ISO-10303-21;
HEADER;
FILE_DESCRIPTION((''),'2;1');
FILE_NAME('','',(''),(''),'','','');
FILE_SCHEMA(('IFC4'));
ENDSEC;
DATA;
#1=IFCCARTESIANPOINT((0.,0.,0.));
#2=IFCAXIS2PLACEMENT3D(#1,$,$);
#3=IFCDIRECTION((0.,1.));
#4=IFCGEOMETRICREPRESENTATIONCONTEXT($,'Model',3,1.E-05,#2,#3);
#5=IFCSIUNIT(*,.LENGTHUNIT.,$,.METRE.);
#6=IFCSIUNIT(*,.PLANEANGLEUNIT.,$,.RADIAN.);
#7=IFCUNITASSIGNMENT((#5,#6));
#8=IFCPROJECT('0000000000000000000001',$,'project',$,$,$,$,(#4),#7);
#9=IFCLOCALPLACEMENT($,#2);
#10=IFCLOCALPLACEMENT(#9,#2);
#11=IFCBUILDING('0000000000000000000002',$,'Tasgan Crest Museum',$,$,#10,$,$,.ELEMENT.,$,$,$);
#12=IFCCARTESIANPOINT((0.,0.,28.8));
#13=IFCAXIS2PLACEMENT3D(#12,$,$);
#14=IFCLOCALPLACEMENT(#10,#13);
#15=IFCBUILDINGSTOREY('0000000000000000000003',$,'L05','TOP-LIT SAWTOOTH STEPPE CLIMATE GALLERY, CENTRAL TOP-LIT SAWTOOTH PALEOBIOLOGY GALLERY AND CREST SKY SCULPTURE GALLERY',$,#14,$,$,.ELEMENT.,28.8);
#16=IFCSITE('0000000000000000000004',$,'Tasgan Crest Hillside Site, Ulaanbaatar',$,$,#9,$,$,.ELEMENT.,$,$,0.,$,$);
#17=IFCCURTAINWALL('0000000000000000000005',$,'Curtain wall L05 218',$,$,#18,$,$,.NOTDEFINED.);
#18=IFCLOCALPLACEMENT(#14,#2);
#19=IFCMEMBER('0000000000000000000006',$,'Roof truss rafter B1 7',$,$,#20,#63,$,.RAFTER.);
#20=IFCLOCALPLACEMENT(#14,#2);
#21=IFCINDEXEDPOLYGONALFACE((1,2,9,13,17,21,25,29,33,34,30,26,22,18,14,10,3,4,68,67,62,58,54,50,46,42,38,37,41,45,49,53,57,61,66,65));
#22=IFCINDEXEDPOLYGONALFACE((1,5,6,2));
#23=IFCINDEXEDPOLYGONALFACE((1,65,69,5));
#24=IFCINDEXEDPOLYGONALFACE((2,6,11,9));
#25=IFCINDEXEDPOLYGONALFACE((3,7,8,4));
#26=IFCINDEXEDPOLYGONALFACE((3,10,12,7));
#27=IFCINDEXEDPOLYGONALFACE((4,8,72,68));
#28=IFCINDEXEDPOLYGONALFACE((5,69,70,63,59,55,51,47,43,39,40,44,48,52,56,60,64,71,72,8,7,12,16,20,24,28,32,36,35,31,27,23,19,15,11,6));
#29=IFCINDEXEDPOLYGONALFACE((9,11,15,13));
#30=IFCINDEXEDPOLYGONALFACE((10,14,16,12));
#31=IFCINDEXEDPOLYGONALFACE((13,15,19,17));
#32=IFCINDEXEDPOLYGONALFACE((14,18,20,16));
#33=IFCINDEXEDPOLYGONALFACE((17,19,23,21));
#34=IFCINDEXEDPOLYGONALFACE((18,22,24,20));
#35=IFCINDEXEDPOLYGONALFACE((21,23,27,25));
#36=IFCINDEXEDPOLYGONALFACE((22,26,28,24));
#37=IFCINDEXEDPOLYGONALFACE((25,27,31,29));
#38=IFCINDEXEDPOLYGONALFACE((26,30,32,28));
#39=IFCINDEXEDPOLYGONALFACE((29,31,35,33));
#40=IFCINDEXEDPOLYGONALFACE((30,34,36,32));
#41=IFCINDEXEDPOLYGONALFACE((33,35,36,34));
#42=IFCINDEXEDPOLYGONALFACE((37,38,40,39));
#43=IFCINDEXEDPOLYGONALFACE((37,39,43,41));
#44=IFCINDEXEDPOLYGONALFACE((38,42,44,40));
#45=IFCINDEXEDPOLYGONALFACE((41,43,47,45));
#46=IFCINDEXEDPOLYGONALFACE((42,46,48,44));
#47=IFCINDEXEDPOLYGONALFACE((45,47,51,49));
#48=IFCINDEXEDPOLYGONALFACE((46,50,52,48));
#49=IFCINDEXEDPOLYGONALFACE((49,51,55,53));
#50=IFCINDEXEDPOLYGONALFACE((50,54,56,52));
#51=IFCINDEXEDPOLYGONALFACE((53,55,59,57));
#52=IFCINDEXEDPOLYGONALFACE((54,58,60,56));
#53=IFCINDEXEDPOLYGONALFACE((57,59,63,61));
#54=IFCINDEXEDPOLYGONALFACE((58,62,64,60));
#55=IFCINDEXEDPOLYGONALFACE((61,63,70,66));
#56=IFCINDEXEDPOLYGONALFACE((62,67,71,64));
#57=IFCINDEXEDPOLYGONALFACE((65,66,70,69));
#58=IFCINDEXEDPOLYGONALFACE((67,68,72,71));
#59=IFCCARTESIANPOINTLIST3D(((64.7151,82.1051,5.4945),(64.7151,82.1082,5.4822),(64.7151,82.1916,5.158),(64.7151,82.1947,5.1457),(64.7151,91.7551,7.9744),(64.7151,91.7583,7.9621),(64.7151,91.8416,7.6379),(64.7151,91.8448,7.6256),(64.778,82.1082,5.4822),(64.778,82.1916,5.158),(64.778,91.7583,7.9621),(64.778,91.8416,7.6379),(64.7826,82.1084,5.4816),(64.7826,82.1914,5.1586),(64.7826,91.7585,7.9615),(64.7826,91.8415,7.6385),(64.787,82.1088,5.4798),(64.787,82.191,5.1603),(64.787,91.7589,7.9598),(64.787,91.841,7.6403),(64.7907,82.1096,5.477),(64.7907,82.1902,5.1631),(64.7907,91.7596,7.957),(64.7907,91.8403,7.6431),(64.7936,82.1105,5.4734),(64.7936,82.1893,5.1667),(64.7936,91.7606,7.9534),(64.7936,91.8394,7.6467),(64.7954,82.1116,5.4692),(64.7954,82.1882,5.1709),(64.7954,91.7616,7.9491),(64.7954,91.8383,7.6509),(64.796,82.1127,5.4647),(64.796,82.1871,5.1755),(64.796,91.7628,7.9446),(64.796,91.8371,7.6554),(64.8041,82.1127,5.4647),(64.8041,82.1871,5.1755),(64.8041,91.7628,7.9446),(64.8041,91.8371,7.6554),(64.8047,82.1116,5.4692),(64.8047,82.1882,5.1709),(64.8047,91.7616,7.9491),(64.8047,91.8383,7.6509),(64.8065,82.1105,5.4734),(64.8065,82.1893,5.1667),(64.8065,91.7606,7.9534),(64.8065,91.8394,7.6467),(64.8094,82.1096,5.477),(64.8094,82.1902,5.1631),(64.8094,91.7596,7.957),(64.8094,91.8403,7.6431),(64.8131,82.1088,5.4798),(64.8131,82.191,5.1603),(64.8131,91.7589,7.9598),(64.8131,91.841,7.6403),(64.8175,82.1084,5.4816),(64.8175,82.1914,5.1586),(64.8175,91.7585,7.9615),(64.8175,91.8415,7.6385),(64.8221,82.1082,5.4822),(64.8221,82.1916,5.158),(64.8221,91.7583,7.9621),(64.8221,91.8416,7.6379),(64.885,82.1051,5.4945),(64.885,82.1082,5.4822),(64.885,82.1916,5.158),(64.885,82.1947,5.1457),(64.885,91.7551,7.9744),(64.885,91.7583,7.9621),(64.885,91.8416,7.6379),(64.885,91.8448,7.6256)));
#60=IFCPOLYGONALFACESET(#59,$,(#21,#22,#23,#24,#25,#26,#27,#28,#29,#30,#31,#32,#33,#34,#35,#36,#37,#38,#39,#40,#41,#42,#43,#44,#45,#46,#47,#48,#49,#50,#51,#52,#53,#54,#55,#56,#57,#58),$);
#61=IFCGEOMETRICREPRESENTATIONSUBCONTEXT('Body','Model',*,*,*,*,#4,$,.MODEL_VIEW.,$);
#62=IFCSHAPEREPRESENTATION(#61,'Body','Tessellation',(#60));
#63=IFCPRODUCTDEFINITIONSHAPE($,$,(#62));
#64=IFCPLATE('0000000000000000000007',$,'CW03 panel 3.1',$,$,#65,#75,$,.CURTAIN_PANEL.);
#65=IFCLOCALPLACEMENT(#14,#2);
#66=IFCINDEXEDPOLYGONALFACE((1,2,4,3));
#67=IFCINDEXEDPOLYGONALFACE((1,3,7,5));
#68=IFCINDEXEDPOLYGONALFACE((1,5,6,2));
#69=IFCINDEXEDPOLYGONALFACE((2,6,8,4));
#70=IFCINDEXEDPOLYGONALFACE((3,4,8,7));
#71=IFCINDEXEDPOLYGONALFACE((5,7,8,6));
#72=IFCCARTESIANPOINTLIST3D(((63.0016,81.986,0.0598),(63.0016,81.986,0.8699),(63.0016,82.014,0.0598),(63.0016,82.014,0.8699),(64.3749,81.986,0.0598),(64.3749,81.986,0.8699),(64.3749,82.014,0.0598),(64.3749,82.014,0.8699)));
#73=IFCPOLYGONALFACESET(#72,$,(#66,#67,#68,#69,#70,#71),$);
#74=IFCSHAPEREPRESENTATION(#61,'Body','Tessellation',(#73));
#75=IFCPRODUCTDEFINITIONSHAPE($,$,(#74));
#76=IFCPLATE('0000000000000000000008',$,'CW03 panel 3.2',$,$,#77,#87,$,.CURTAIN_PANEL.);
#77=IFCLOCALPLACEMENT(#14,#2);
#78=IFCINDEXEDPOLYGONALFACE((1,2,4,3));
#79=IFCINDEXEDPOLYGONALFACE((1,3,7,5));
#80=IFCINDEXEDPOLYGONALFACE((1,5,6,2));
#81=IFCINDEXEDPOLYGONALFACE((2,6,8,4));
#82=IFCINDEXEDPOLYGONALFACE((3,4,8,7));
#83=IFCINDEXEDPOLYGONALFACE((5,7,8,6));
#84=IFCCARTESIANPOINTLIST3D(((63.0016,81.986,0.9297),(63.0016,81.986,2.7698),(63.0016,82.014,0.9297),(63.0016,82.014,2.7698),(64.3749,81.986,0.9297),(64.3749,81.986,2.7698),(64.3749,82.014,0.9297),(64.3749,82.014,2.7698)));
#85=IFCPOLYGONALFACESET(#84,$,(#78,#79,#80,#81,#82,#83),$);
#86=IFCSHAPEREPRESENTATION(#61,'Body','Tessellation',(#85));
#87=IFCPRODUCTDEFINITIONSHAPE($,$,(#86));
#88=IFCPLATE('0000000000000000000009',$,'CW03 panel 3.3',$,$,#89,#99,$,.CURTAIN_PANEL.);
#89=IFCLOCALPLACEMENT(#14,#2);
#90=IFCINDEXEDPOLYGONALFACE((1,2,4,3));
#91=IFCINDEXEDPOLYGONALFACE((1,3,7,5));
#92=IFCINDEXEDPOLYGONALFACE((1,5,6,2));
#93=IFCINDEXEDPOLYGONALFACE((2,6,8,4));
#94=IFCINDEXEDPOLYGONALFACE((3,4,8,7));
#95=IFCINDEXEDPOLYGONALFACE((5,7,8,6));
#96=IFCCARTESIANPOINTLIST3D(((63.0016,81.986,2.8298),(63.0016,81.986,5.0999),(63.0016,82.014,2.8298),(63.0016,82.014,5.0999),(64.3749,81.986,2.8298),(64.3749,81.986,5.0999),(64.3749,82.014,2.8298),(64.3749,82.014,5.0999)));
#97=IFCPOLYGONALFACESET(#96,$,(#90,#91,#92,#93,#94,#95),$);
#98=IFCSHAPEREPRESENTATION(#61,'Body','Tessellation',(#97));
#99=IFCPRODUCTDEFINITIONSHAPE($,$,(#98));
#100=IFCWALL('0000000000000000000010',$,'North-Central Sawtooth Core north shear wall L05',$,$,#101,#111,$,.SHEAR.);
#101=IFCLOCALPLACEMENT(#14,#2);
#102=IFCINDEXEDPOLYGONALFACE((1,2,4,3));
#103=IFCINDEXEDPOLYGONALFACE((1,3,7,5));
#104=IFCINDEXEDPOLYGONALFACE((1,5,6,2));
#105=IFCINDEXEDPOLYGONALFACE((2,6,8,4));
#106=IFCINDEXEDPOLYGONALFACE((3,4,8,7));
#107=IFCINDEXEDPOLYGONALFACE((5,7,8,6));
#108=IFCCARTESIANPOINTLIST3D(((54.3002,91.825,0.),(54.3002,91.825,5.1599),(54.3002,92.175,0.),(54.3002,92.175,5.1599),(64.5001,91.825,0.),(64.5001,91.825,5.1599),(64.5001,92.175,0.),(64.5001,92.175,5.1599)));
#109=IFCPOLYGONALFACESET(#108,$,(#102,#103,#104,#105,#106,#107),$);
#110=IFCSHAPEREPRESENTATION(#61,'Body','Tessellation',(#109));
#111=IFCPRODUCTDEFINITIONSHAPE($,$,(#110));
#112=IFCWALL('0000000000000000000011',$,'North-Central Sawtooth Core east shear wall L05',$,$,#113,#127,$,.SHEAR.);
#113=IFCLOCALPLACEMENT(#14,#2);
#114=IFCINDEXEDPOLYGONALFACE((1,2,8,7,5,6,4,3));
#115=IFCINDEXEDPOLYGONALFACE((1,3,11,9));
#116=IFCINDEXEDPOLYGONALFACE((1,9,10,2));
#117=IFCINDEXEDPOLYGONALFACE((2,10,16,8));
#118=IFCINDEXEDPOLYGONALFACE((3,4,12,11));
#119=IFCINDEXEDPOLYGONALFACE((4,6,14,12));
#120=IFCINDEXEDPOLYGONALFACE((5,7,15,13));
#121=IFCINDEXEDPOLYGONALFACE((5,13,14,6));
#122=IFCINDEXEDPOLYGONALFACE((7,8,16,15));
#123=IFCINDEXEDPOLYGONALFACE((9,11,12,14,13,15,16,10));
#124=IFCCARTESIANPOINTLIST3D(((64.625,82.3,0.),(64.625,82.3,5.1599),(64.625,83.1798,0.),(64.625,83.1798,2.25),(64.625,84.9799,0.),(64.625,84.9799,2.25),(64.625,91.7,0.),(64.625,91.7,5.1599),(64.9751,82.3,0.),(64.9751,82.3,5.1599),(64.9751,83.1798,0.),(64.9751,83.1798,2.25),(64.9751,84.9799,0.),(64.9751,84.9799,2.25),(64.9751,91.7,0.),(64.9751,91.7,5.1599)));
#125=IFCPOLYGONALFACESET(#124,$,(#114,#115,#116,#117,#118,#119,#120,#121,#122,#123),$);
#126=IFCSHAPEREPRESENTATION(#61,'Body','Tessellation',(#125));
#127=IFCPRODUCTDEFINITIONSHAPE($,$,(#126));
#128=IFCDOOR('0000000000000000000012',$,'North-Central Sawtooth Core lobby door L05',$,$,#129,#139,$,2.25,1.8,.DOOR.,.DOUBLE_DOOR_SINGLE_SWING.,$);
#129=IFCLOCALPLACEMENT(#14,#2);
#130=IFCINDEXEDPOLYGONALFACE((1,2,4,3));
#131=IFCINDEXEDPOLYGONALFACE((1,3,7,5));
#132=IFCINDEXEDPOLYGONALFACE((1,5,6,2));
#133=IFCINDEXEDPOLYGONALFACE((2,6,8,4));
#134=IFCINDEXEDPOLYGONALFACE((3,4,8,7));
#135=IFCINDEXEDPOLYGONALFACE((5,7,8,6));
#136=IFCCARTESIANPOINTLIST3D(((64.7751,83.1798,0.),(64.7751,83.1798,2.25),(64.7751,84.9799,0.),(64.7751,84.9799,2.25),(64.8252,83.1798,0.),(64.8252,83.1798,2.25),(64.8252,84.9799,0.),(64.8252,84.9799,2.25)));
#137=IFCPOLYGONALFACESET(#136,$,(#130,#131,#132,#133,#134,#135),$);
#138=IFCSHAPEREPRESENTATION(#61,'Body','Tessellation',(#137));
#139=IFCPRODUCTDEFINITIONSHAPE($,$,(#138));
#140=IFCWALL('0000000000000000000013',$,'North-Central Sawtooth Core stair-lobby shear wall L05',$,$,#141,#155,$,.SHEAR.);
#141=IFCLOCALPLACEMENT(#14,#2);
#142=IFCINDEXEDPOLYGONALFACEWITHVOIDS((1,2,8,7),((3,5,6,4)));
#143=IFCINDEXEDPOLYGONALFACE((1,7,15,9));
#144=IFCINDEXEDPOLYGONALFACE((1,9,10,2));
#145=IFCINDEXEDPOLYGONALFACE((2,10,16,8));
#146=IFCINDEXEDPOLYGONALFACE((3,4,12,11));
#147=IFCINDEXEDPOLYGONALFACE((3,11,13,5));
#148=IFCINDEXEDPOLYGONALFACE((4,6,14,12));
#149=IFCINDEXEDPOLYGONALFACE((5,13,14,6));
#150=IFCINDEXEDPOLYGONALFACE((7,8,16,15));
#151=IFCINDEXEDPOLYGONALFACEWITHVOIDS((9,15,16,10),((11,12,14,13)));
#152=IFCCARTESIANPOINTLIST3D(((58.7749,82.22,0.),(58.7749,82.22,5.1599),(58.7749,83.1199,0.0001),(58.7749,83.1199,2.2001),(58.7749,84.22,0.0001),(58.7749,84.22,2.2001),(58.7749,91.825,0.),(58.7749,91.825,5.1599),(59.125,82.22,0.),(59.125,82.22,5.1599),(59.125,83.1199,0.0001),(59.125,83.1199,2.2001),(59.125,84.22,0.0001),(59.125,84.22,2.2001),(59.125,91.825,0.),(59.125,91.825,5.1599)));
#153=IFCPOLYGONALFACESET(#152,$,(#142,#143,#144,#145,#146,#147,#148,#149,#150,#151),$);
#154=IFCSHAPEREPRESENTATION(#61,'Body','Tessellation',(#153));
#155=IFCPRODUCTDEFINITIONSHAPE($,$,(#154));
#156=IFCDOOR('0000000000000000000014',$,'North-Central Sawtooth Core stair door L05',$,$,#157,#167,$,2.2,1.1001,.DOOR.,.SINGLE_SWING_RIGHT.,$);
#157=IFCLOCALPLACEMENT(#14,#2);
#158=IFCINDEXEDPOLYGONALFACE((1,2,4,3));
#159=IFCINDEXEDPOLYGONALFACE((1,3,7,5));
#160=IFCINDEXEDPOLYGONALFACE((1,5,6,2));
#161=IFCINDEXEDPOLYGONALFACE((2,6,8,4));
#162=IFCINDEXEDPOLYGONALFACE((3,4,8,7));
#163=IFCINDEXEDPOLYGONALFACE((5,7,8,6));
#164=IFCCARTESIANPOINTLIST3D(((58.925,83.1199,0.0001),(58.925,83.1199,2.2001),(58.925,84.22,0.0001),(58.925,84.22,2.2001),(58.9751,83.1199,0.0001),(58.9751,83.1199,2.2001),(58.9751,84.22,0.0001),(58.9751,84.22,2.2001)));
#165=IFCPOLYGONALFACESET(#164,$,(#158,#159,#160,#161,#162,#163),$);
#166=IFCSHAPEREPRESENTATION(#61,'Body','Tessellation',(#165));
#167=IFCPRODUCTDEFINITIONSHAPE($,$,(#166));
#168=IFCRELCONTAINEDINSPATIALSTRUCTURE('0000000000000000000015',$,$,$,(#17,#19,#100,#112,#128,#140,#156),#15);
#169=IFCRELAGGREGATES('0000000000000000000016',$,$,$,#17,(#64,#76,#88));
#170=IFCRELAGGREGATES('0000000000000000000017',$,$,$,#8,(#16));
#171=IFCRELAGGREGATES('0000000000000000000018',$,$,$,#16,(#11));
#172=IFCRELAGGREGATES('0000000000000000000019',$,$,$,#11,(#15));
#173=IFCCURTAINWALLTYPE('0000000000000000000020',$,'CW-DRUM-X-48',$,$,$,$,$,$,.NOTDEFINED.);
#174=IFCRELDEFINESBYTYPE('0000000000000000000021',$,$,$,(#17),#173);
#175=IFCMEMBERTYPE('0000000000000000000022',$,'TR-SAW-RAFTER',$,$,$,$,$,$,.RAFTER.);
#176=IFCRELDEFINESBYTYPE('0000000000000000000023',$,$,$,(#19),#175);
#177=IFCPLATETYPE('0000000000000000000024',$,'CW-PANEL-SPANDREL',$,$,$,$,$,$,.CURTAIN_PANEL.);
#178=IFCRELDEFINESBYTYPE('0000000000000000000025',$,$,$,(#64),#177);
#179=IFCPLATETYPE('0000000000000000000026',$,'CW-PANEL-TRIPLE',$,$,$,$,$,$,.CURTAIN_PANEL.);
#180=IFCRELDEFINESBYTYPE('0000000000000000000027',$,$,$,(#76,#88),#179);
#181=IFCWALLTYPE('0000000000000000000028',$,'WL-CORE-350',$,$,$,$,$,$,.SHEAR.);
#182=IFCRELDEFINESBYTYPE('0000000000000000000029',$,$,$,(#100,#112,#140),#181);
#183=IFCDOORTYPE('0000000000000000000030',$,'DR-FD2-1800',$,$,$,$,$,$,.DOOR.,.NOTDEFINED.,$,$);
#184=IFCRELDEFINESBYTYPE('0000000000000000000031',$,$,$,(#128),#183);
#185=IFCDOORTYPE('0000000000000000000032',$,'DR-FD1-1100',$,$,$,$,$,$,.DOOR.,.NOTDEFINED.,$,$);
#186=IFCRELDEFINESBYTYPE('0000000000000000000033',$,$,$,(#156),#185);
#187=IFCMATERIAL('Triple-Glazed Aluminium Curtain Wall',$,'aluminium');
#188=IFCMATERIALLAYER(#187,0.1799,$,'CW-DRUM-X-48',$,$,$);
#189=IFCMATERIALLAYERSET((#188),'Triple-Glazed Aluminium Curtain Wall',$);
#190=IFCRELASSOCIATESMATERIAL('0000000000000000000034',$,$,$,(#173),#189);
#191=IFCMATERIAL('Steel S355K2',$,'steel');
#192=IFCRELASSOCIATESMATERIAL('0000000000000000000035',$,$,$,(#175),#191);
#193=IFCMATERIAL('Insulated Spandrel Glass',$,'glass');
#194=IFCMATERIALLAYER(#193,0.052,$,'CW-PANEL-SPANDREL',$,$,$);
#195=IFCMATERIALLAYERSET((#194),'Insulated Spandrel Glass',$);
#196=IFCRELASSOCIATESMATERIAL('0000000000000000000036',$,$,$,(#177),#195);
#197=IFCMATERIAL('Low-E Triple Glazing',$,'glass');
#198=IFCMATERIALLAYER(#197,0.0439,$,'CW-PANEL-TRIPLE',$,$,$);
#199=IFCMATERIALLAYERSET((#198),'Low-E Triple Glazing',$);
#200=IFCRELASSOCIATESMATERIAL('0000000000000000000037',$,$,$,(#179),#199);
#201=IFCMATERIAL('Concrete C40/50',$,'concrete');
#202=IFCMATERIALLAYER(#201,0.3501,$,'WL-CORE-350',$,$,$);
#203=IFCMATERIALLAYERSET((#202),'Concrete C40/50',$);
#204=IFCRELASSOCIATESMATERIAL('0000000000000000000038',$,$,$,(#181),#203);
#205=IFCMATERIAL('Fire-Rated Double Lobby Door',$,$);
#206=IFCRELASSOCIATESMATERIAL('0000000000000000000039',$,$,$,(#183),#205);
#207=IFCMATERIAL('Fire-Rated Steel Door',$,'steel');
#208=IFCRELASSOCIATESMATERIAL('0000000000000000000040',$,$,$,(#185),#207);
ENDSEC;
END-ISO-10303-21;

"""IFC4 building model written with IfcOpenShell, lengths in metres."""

from ifc_helpers import new_model, si_unit, direction, frame, frame_2d, origin, origin_2d, place, context, subcontext, project, spatial, rectangle, i_section, extrude, material, layer, layer_set, material_profile, profile_set, type_object, element, fill, aggregate, save


model = new_model("IFC4")

# Units and contexts
model_context = context("Model", 3, precision=1e-05, world=origin(), true_north=direction((0.0, 1.0)))
body_context = subcontext(model_context, "Body", "Model", "MODEL_VIEW")
ifc_project = project(units=[si_unit("LENGTHUNIT", "METRE"), si_unit("PLANEANGLEUNIT", "RADIAN")], contexts=[model_context])

# Site, building, storey
site_placement = place(None, origin())
site = spatial("IfcSite", under=ifc_project, at=site_placement, Name="Tasgan Crest Hillside Site, Ulaanbaatar", CompositionType="ELEMENT", RefElevation=0.0)
building_placement = place(site_placement, origin())
building = spatial("IfcBuilding", under=site, at=building_placement, Name="Tasgan Crest Museum", CompositionType="ELEMENT")
storey_placement = place(building_placement, frame((0.0, 0.0, 28.8)))
storey = spatial("IfcBuildingStorey", under=building, at=storey_placement, Name="L05", Description="TOP-LIT SAWTOOTH STEPPE CLIMATE GALLERY, CENTRAL TOP-LIT SAWTOOTH PALEOBIOLOGY GALLERY AND CREST SKY SCULPTURE GALLERY", CompositionType="ELEMENT", Elevation=28.8)

# Curtain wall
ifc_material_1 = material(Name="Triple-Glazed Aluminium Curtain Wall", Category="aluminium")
ifc_layer_1 = layer(ifc_material_1, 0.1799, Name="CW-DRUM-X-48")
ifc_layer_set_1 = layer_set([ifc_layer_1], Name="Triple-Glazed Aluminium Curtain Wall")
curtain_wall_type = type_object("IfcCurtainWallType", Name="CW-DRUM-X-48", PredefinedType="NOTDEFINED", material=ifc_layer_set_1)
curtain_wall_placement = place(storey_placement, origin())
curtain_wall = element("IfcCurtainWall", 1, at=curtain_wall_placement, inside=storey, type_object=curtain_wall_type, Name="Curtain wall L05 218", PredefinedType="NOTDEFINED")

# Member
ifc_material_2 = material(Name="Steel S355K2", Category="steel")
ifc_material_profile_1 = material_profile(ifc_material_2, i_section(OverallWidth=0.1699, OverallDepth=0.3601, WebThickness=0.0081, FlangeThickness=0.0127, FilletRadius=0.0181, at=origin_2d()), Name="IPE 360")
ifc_profile_set_1 = profile_set([ifc_material_profile_1], Name="Steel S355K2")
member_type_1 = type_object("IfcMemberType", Name="TR-SAW-RAFTER", PredefinedType="RAFTER", material=ifc_profile_set_1)
member_1_placement = place(storey_placement, frame((64.8, 82.1499, 5.3201), z_axis=(0.0, 0.968529, 0.248901), x_axis=(-1.0, 0.0, 0.0)))
element("IfcMember", 2, at=member_1_placement, inside=storey, type_object=member_type_1, Name="Roof truss rafter B1 7", PredefinedType="RAFTER", context=body_context, shape_type="SweptSolid", body=[
    extrude(i_section(OverallWidth=0.1699, OverallDepth=0.3601, WebThickness=0.0081, FlangeThickness=0.0127, FilletRadius=0.0181, at=origin_2d()), origin(), (0.0, 0.0, 1.0), 9.9636),
])

# Plates
ifc_material_3 = material(Name="Insulated Spandrel Glass", Category="glass")
ifc_layer_2 = layer(ifc_material_3, 0.052, Name="CW-PANEL-SPANDREL")
ifc_layer_set_2 = layer_set([ifc_layer_2], Name="Insulated Spandrel Glass")
plate_type_1 = type_object("IfcPlateType", Name="CW-PANEL-SPANDREL", PredefinedType="CURTAIN_PANEL", material=ifc_layer_set_2)
plate_1_placement = place(storey_placement, frame((63.6882, 82.0, 0.0598), z_axis=(0.0, 0.0, 1.0), x_axis=(1.0, 0.0, 0.0)))
plate_1 = element("IfcPlate", 3, at=plate_1_placement, type_object=plate_type_1, Name="CW03 panel 3.1", PredefinedType="CURTAIN_PANEL", context=body_context, shape_type="SweptSolid", body=[
    extrude(rectangle(XDim=1.3733, YDim=0.0281, at=origin_2d()), origin(), (0.0, 0.0, 1.0), 0.8101),
])
ifc_material_4 = material(Name="Low-E Triple Glazing", Category="glass")
ifc_layer_3 = layer(ifc_material_4, 0.0439, Name="CW-PANEL-TRIPLE")
ifc_layer_set_3 = layer_set([ifc_layer_3], Name="Low-E Triple Glazing")
plate_type_2 = type_object("IfcPlateType", Name="CW-PANEL-TRIPLE", PredefinedType="CURTAIN_PANEL", material=ifc_layer_set_3)
plate_2_placement = place(storey_placement, frame((63.6882, 82.0, 0.9297), z_axis=(0.0, 0.0, 1.0), x_axis=(1.0, 0.0, 0.0)))
plate_2 = element("IfcPlate", 4, at=plate_2_placement, type_object=plate_type_2, Name="CW03 panel 3.2", PredefinedType="CURTAIN_PANEL", context=body_context, shape_type="SweptSolid", body=[
    extrude(rectangle(XDim=1.3733, YDim=0.0281, at=origin_2d()), origin(), (0.0, 0.0, 1.0), 1.8401),
])
plate_3_placement = place(storey_placement, frame((63.6882, 82.0, 2.8298), z_axis=(0.0, 0.0, 1.0), x_axis=(1.0, 0.0, 0.0)))
plate_3 = element("IfcPlate", 5, at=plate_3_placement, type_object=plate_type_2, Name="CW03 panel 3.3", PredefinedType="CURTAIN_PANEL", context=body_context, shape_type="SweptSolid", body=[
    extrude(rectangle(XDim=1.3733, YDim=0.0281, at=origin_2d()), origin(), (0.0, 0.0, 1.0), 2.27),
])
aggregate(curtain_wall, [plate_1, plate_2, plate_3])

# Wall
ifc_material_5 = material(Name="Concrete C40/50", Category="concrete")
ifc_layer_4 = layer(ifc_material_5, 0.3501, Name="WL-CORE-350")
ifc_layer_set_4 = layer_set([ifc_layer_4], Name="Concrete C40/50")
wall_type = type_object("IfcWallType", Name="WL-CORE-350", PredefinedType="SHEAR", material=ifc_layer_set_4)
wall_1_placement = place(storey_placement, frame((54.3, 92.0, 0.0), z_axis=(0.0, 0.0, 1.0), x_axis=(1.0, 0.0, 0.0)))
element("IfcWall", 6, at=wall_1_placement, inside=storey, type_object=wall_type, Name="North-Central Sawtooth Core north shear wall L05", PredefinedType="SHEAR", context=body_context, shape_type="SweptSolid", body=[
    extrude(rectangle(XDim=10.2, YDim=0.3501, at=frame_2d((5.1001, 0.0))), origin(), (0.0, 0.0, 1.0), 5.1599),
])

# Walls, openings, doors
wall_2_placement = place(storey_placement, frame((64.8, 82.3, 0.0), z_axis=(0.0, 0.0, 1.0), x_axis=(0.0, 1.0, 0.0)))
wall_2 = element("IfcWall", 7, at=wall_2_placement, inside=storey, type_object=wall_type, Name="North-Central Sawtooth Core east shear wall L05", PredefinedType="SHEAR", context=body_context, shape_type="SweptSolid", body=[
    extrude(rectangle(XDim=9.3999, YDim=0.3501, at=frame_2d((4.7, 0.0))), origin(), (0.0, 0.0, 1.0), 5.1599),
])
opening_1_placement = place(wall_2_placement, frame((0.8799, 0.0, 0.0)))
opening_1 = element("IfcOpeningElement", 8, at=opening_1_placement, cuts=wall_2, PredefinedType="OPENING", context=body_context, shape_type="SweptSolid", body=[
    extrude(rectangle(XDim=1.8, YDim=2.25, at=frame_2d((0.8999, 1.125))), frame((0.0, 0.1851, 0.0), z_axis=(0.0, -1.0, 0.0), x_axis=(1.0, 0.0, 0.0)), (0.0, 0.0, 1.0), 0.3701),
])
ifc_material_6 = material(Name="Fire-Rated Double Lobby Door")
door_type_1 = type_object("IfcDoorType", Name="DR-FD2-1800", OperationType="NOTDEFINED", PredefinedType="DOOR", material=ifc_material_6)
door_1_placement = place(opening_1_placement, origin())
door_1 = element("IfcDoor", 9, at=door_1_placement, inside=storey, type_object=door_type_1, Name="North-Central Sawtooth Core lobby door L05", OperationType="DOUBLE_DOOR_SINGLE_SWING", OverallHeight=2.25, OverallWidth=1.8, PredefinedType="DOOR", context=body_context, shape_type="SweptSolid", body=[
    extrude(rectangle(XDim=1.8, YDim=2.25, at=frame_2d((0.8999, 1.125))), frame((0.0, 0.0249, 0.0), z_axis=(0.0, -1.0, 0.0), x_axis=(1.0, 0.0, 0.0)), (0.0, 0.0, 1.0), 0.05),
])
fill(opening_1, door_1)
wall_3_placement = place(storey_placement, frame((58.95, 82.22, 0.0), z_axis=(0.0, 0.0, 1.0), x_axis=(0.0, 1.0, 0.0)))
wall_3 = element("IfcWall", 10, at=wall_3_placement, inside=storey, type_object=wall_type, Name="North-Central Sawtooth Core stair-lobby shear wall L05", PredefinedType="SHEAR", context=body_context, shape_type="SweptSolid", body=[
    extrude(rectangle(XDim=9.605, YDim=0.3501, at=frame_2d((4.8025, 0.0))), origin(), (0.0, 0.0, 1.0), 5.1599),
])
opening_2_placement = place(wall_3_placement, frame((0.8999, 0.0, 0.0)))
opening_2 = element("IfcOpeningElement", 11, at=opening_2_placement, cuts=wall_3, PredefinedType="OPENING", context=body_context, shape_type="SweptSolid", body=[
    extrude(rectangle(XDim=1.1001, YDim=2.2, at=frame_2d((0.55, 1.1001))), frame((0.0, 0.1851, 0.0), z_axis=(0.0, -1.0, 0.0), x_axis=(1.0, 0.0, 0.0)), (0.0, 0.0, 1.0), 0.3701),
])
ifc_material_7 = material(Name="Fire-Rated Steel Door", Category="steel")
door_type_2 = type_object("IfcDoorType", Name="DR-FD1-1100", OperationType="NOTDEFINED", PredefinedType="DOOR", material=ifc_material_7)
door_2_placement = place(opening_2_placement, origin())
door_2 = element("IfcDoor", 12, at=door_2_placement, inside=storey, type_object=door_type_2, Name="North-Central Sawtooth Core stair door L05", OperationType="SINGLE_SWING_RIGHT", OverallHeight=2.2, OverallWidth=1.1001, PredefinedType="DOOR", context=body_context, shape_type="SweptSolid", body=[
    extrude(rectangle(XDim=1.1001, YDim=2.2, at=frame_2d((0.55, 1.1001))), frame((0.0, 0.0249, 0.0), z_axis=(0.0, -1.0, 0.0), x_axis=(1.0, 0.0, 0.0)), (0.0, 0.0, 1.0), 0.05),
])
fill(opening_2, door_2)

save(model, "model.ifc")
